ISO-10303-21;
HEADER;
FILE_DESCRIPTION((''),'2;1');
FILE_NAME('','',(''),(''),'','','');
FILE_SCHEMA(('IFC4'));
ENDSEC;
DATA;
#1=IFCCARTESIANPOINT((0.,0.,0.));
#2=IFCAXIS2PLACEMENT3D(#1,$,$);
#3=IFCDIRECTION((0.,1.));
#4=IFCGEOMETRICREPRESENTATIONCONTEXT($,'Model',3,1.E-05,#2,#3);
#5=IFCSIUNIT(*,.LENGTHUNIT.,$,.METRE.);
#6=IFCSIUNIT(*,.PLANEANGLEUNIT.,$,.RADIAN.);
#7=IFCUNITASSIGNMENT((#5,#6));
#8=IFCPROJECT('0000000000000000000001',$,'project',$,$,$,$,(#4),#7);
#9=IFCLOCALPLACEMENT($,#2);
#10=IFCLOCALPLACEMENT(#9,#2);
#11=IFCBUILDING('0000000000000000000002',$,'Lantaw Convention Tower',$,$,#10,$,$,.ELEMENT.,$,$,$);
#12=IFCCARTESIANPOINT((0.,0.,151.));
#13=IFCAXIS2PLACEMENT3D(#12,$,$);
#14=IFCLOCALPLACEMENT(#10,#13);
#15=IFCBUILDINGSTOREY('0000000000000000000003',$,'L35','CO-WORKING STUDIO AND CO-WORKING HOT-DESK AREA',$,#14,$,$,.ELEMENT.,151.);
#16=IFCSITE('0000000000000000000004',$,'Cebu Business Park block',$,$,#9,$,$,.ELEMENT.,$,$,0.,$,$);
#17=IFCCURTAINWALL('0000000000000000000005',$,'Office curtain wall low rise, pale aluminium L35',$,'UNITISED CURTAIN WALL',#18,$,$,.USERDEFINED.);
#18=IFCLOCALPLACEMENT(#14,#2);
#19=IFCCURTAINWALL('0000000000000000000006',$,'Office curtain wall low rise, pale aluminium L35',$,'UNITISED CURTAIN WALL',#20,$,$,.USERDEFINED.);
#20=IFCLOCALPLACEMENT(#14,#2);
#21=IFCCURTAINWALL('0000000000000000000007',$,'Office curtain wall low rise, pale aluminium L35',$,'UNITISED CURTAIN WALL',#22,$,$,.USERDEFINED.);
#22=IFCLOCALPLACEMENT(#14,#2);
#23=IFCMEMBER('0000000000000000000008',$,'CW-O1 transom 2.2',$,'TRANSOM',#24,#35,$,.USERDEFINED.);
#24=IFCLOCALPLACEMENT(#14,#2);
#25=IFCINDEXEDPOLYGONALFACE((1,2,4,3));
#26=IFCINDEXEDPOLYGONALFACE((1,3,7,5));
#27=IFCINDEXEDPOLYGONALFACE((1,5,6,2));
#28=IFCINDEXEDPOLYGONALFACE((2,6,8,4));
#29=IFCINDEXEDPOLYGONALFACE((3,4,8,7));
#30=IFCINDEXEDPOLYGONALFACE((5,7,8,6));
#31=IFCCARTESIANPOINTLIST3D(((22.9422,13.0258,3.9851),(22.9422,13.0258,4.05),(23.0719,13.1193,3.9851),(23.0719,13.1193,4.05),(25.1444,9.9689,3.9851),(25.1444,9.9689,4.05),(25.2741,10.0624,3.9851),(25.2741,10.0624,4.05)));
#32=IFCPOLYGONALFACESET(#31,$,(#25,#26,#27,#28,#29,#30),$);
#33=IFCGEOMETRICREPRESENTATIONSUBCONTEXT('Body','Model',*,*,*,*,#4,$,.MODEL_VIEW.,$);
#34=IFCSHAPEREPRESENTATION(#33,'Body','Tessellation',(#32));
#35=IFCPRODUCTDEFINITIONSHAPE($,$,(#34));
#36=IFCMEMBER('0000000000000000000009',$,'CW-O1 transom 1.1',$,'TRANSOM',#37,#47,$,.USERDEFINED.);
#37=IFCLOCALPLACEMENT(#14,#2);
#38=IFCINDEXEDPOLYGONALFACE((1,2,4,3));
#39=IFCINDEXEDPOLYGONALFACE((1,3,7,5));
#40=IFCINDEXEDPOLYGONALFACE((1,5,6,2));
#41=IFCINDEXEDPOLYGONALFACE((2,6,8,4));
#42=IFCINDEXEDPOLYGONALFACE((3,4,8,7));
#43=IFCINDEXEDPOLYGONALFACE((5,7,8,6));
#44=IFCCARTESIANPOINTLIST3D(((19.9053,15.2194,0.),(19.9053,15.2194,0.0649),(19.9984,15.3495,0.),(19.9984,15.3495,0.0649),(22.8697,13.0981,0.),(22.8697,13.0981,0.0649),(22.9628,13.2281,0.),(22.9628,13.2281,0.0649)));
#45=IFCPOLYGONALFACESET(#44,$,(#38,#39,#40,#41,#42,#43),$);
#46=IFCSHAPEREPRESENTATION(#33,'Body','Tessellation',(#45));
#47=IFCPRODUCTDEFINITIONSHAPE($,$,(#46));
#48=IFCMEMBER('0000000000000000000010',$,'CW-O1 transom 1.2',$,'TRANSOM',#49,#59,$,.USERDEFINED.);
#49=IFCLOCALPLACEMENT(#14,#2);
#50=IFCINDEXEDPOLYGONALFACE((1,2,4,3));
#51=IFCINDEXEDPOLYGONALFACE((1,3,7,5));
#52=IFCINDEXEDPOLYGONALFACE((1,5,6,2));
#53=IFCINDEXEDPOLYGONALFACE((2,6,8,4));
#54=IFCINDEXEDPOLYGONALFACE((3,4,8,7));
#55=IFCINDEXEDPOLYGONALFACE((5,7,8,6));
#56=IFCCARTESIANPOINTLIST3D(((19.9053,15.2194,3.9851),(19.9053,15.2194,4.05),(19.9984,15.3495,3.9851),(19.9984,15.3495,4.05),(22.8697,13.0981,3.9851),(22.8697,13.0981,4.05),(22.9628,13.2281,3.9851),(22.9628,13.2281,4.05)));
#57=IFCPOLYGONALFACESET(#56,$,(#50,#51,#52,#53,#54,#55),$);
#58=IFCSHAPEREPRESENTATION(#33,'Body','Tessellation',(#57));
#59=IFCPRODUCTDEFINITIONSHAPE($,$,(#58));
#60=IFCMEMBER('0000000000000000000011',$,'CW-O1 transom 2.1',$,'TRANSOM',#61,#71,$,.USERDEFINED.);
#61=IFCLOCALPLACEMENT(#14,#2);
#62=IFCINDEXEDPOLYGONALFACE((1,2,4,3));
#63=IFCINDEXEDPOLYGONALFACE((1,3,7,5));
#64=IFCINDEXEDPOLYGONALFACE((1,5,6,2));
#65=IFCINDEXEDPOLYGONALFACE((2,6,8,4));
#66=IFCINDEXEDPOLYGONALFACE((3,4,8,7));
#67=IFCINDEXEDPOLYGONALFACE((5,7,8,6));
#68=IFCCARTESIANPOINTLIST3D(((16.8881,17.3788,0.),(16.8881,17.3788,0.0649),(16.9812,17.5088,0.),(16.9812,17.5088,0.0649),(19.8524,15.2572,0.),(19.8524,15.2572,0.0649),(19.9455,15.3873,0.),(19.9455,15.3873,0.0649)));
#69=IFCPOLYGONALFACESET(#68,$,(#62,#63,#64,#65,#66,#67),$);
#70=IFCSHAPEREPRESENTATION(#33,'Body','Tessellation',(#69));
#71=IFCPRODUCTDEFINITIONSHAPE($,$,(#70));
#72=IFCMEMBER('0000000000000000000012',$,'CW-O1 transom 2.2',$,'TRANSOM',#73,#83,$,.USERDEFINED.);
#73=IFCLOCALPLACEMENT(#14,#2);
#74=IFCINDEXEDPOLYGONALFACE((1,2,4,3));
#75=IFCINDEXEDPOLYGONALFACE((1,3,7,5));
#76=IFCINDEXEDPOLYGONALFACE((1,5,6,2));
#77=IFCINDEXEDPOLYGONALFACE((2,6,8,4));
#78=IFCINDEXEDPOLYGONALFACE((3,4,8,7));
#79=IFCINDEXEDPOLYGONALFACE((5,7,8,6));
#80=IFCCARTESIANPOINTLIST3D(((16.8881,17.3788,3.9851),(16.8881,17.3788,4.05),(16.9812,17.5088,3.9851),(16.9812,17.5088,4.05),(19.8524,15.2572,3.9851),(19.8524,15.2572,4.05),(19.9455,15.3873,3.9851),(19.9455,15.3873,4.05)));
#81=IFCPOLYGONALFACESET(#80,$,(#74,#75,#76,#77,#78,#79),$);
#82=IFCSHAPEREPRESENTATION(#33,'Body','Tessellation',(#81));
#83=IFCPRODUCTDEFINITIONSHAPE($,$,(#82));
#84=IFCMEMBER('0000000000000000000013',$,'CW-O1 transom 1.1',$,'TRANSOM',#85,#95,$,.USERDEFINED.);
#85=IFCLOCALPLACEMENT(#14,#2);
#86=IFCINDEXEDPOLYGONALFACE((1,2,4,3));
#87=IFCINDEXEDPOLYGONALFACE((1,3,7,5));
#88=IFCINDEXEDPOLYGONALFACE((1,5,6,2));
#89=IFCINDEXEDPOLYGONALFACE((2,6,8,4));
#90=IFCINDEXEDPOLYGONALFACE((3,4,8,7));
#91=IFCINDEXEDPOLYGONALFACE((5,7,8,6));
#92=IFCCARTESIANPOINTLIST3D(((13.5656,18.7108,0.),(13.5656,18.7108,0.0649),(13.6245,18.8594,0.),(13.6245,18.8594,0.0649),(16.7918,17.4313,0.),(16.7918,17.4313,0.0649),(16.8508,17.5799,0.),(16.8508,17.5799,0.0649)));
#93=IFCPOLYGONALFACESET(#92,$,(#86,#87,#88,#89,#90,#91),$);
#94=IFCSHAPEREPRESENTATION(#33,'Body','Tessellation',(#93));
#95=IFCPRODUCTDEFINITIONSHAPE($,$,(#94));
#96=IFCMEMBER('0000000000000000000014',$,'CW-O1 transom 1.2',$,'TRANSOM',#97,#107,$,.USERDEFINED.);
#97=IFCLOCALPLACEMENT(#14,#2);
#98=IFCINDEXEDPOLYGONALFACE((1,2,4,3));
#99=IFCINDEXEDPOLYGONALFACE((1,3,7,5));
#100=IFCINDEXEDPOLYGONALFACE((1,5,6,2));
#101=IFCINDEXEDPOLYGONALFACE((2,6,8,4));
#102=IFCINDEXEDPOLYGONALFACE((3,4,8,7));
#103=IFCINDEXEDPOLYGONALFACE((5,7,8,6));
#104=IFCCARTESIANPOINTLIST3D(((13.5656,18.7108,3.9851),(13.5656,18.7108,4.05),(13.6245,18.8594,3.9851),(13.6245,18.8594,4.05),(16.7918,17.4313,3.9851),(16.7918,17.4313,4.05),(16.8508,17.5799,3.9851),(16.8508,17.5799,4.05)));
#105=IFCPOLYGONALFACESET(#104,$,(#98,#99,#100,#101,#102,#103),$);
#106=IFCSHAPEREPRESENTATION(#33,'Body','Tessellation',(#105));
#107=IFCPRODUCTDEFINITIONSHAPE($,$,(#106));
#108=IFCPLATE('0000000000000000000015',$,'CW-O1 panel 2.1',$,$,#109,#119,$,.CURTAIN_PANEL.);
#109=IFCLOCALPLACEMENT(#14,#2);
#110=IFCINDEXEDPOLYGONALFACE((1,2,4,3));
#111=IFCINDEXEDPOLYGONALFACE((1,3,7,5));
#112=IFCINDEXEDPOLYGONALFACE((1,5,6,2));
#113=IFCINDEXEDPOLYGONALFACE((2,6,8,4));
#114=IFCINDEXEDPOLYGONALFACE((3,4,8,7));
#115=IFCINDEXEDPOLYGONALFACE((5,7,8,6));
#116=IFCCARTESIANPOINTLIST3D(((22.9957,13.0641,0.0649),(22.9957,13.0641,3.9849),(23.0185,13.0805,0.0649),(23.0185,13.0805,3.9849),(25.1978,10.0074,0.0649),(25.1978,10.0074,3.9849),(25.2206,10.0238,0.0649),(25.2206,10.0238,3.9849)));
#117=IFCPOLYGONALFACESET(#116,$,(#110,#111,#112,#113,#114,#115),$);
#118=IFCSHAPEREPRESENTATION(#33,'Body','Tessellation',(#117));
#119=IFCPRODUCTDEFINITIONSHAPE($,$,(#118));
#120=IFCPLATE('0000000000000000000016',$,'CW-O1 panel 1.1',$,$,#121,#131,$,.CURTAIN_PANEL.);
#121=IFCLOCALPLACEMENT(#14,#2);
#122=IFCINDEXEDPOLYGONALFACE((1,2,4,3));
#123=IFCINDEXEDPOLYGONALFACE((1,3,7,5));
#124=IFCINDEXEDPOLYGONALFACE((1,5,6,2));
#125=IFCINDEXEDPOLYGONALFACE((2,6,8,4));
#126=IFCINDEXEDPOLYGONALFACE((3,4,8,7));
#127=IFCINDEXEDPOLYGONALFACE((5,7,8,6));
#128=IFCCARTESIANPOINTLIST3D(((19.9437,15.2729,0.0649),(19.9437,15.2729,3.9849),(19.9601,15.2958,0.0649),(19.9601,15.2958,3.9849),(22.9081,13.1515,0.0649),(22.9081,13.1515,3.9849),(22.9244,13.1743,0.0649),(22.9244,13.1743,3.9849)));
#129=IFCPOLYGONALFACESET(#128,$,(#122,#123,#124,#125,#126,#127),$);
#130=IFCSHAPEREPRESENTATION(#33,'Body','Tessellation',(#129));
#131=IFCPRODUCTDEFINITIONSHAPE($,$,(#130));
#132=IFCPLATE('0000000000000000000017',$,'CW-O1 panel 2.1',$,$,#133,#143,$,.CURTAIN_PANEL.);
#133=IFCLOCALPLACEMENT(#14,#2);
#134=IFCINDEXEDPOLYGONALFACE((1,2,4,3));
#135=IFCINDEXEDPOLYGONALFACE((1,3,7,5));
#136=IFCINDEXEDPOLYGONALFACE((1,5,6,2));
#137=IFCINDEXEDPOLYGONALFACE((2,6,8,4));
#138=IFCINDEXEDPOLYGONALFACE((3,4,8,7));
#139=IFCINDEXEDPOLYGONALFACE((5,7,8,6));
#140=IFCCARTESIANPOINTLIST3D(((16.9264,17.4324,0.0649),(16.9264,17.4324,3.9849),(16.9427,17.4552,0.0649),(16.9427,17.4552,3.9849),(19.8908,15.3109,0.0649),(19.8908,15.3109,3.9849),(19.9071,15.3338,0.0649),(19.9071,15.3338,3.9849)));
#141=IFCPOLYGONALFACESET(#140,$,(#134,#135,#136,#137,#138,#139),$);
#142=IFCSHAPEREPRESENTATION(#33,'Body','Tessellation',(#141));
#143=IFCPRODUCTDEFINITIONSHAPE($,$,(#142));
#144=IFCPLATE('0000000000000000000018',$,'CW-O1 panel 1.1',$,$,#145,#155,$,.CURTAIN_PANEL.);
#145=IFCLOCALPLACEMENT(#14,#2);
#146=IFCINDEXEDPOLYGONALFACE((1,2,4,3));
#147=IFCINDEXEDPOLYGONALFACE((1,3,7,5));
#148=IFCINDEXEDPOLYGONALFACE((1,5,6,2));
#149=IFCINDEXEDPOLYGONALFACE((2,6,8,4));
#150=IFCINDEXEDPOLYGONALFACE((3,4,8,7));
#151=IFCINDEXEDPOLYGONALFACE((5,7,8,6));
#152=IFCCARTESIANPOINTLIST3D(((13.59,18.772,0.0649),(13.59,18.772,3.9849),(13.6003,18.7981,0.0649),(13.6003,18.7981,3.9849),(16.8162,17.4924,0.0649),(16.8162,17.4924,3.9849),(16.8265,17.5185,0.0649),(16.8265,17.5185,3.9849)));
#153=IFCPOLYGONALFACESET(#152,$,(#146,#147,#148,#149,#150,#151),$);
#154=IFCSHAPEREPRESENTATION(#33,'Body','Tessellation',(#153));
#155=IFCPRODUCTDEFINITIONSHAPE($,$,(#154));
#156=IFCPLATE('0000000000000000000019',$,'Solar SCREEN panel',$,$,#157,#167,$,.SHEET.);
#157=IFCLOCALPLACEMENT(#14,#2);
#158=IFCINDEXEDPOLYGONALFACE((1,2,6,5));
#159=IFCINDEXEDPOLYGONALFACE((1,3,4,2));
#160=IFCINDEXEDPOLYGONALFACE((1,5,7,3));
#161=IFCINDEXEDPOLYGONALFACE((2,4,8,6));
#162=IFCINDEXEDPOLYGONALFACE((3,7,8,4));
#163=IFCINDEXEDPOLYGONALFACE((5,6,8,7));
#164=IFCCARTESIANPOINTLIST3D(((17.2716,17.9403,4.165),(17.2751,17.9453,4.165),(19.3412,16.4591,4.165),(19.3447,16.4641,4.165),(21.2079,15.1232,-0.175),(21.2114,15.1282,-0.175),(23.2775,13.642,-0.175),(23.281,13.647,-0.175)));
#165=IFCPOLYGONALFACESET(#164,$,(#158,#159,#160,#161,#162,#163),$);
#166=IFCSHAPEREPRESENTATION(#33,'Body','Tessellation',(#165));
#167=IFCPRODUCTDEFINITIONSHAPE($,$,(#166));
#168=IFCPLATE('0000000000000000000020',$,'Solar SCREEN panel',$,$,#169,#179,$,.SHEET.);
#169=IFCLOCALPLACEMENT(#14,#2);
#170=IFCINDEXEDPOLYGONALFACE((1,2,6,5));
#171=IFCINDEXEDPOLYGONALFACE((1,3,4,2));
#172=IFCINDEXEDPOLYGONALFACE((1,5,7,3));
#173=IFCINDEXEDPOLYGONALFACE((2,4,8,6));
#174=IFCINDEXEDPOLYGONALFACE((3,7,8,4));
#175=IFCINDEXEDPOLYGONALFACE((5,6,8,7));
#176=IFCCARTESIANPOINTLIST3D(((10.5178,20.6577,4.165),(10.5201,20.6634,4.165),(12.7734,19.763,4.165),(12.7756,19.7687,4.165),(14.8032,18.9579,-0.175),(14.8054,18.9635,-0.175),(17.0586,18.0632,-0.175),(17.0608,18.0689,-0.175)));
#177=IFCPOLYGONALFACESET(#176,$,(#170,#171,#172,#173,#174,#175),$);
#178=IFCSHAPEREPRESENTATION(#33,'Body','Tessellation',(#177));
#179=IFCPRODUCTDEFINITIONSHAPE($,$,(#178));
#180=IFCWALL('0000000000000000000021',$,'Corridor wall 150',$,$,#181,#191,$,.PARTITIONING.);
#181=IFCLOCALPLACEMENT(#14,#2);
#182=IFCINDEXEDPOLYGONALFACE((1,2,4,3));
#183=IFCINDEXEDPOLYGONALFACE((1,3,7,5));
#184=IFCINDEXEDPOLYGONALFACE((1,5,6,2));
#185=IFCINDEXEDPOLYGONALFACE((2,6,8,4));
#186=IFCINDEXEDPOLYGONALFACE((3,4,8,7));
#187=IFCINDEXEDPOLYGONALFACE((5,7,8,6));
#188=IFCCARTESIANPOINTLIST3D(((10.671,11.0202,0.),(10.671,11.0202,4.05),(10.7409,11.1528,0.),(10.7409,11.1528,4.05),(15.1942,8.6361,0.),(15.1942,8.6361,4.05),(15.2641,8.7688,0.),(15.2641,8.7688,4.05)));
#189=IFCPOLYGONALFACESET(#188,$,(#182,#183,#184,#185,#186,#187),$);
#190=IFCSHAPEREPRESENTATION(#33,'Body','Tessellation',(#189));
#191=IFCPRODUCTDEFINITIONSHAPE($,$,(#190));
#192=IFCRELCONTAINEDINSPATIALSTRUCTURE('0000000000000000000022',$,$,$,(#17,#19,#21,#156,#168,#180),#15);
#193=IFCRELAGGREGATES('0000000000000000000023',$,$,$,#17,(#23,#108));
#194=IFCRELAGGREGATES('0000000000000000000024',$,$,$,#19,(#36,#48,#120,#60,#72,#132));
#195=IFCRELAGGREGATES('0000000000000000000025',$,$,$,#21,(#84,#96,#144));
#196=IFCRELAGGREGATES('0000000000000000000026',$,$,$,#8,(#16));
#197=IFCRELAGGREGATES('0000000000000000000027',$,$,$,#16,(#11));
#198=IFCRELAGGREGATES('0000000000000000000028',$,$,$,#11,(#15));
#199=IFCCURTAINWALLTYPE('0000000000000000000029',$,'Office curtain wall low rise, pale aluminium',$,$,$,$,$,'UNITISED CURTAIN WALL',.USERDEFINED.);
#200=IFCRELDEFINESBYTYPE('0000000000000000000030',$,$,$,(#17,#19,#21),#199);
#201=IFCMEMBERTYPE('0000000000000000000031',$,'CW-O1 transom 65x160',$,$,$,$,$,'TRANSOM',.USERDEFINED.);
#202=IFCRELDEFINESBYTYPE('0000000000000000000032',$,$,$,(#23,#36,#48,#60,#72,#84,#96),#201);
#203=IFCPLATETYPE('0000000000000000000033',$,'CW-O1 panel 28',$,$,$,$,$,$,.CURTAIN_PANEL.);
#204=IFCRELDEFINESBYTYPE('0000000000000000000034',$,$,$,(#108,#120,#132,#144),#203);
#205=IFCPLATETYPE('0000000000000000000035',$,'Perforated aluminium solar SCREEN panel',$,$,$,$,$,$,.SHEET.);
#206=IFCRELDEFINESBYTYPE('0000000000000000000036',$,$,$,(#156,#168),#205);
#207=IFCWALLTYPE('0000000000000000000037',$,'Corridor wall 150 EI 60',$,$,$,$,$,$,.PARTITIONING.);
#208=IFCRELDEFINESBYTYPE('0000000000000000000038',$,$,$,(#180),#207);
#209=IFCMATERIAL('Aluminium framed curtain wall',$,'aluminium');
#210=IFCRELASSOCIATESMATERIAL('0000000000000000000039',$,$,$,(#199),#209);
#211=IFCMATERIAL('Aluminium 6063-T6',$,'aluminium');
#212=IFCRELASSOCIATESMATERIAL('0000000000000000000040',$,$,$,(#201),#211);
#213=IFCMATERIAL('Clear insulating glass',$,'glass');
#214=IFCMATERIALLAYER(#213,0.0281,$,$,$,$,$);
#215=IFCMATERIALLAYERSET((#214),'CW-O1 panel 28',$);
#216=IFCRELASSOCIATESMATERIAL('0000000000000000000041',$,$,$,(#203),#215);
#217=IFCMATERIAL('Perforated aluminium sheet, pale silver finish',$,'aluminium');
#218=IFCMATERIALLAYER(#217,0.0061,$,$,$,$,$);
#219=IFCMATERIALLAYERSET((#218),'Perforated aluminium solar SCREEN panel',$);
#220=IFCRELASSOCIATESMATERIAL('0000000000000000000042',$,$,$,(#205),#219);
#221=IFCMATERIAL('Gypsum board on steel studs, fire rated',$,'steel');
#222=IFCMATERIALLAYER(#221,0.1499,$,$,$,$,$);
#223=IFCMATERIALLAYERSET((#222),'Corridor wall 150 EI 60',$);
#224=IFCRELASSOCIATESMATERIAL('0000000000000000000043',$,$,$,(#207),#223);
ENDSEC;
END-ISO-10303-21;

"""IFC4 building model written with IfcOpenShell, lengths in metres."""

from ifc_helpers import new_model, si_unit, direction, frame, frame_2d, origin, origin_2d, place, context, subcontext, project, spatial, polyline, rectangle, outline, extrude, material, layer, layer_set, material_profile, profile_set, type_object, element, aggregate, save


model = new_model("IFC4")

# Units and contexts
model_context = context("Model", 3, precision=1e-05, world=origin(), true_north=direction((0.0, 1.0)))
body_context = subcontext(model_context, "Body", "Model", "MODEL_VIEW")
ifc_project = project(units=[si_unit("LENGTHUNIT", "METRE"), si_unit("PLANEANGLEUNIT", "RADIAN")], contexts=[model_context])

# Site, building, storey
site_placement = place(None, origin())
site = spatial("IfcSite", under=ifc_project, at=site_placement, Name="Cebu Business Park block", CompositionType="ELEMENT", RefElevation=0.0)
building_placement = place(site_placement, origin())
building = spatial("IfcBuilding", under=site, at=building_placement, Name="Lantaw Convention Tower", CompositionType="ELEMENT")
storey_placement = place(building_placement, frame((0.0, 0.0, 151.0)))
storey = spatial("IfcBuildingStorey", under=building, at=storey_placement, Name="L35", Description="CO-WORKING STUDIO AND CO-WORKING HOT-DESK AREA", CompositionType="ELEMENT", Elevation=151.0)

# Curtain walls
ifc_material_1 = material(Name="Aluminium framed curtain wall", Category="aluminium")
curtain_wall_type = type_object("IfcCurtainWallType", Name="Office curtain wall low rise, pale aluminium", ElementType="UNITISED CURTAIN WALL", PredefinedType="USERDEFINED", material=ifc_material_1)
curtain_wall_1_placement = place(storey_placement, origin())
curtain_wall_1 = element("IfcCurtainWall", 1, at=curtain_wall_1_placement, inside=storey, type_object=curtain_wall_type, Name="Office curtain wall low rise, pale aluminium L35", ObjectType="UNITISED CURTAIN WALL", PredefinedType="USERDEFINED")
ifc_material_2 = material(Name="Aluminium 6063-T6", Category="aluminium")
curtain_wall_2_placement = place(storey_placement, origin())
curtain_wall_2 = element("IfcCurtainWall", 2, at=curtain_wall_2_placement, inside=storey, type_object=curtain_wall_type, Name="Office curtain wall low rise, pale aluminium L35", ObjectType="UNITISED CURTAIN WALL", PredefinedType="USERDEFINED")

# Curtain wall
curtain_wall_3_placement = place(storey_placement, origin())
curtain_wall_3 = element("IfcCurtainWall", 3, at=curtain_wall_3_placement, inside=storey, type_object=curtain_wall_type, Name="Office curtain wall low rise, pale aluminium L35", ObjectType="UNITISED CURTAIN WALL", PredefinedType="USERDEFINED")

# Members
ifc_material_profile_1 = material_profile(ifc_material_2, rectangle(XDim=0.1599, YDim=0.0649, at=origin_2d()), Name="CW-O1 transom 65x160")
ifc_profile_set_1 = profile_set([ifc_material_profile_1], Name="Aluminium 6063-T6")
member_type_1 = type_object("IfcMemberType", Name="CW-O1 transom 65x160", ElementType="TRANSOM", PredefinedType="USERDEFINED", material=ifc_profile_set_1)
member_1_placement = place(storey_placement, frame((25.2092, 10.0156, 4.0176), z_axis=(-0.584513, 0.811384, 0.0), x_axis=(-0.811384, -0.584513, 0.0)))
member_1 = element("IfcMember", 4, at=member_1_placement, type_object=member_type_1, Name="CW-O1 transom 2.2", ObjectType="TRANSOM", PredefinedType="USERDEFINED", context=body_context, shape_type="SweptSolid", body=[
    extrude(rectangle(XDim=0.1599, YDim=0.0649, at=origin_2d()), origin(), (0.0, 0.0, 1.0), 3.7676),
])
member_2_placement = place(storey_placement, frame((22.9163, 13.1631, 0.0325), z_axis=(-0.813222, 0.581954, 0.0), x_axis=(-0.581954, -0.813222, 0.0)))
member_2 = element("IfcMember", 5, at=member_2_placement, type_object=member_type_1, Name="CW-O1 transom 1.1", ObjectType="TRANSOM", PredefinedType="USERDEFINED", context=body_context, shape_type="SweptSolid", body=[
    extrude(rectangle(XDim=0.1599, YDim=0.0649, at=origin_2d()), origin(), (0.0, 0.0, 1.0), 3.6453),
])
member_3_placement = place(storey_placement, frame((22.9163, 13.1631, 4.0176), z_axis=(-0.813222, 0.581954, 0.0), x_axis=(-0.581954, -0.813222, 0.0)))
member_3 = element("IfcMember", 6, at=member_3_placement, type_object=member_type_1, Name="CW-O1 transom 1.2", ObjectType="TRANSOM", PredefinedType="USERDEFINED", context=body_context, shape_type="SweptSolid", body=[
    extrude(rectangle(XDim=0.1599, YDim=0.0649, at=origin_2d()), origin(), (0.0, 0.0, 1.0), 3.6453),
])
member_4_placement = place(storey_placement, frame((19.8989, 15.3223, 0.0325), z_axis=(-0.81319, 0.581998, 0.0), x_axis=(-0.581998, -0.81319, 0.0)))
member_4 = element("IfcMember", 7, at=member_4_placement, type_object=member_type_1, Name="CW-O1 transom 2.1", ObjectType="TRANSOM", PredefinedType="USERDEFINED", context=body_context, shape_type="SweptSolid", body=[
    extrude(rectangle(XDim=0.1599, YDim=0.0649, at=origin_2d()), origin(), (0.0, 0.0, 1.0), 3.6453),
])
member_5_placement = place(storey_placement, frame((19.8989, 15.3223, 4.0176), z_axis=(-0.81319, 0.581998, 0.0), x_axis=(-0.581998, -0.81319, 0.0)))
member_5 = element("IfcMember", 8, at=member_5_placement, type_object=member_type_1, Name="CW-O1 transom 2.2", ObjectType="TRANSOM", PredefinedType="USERDEFINED", context=body_context, shape_type="SweptSolid", body=[
    extrude(rectangle(XDim=0.1599, YDim=0.0649, at=origin_2d()), origin(), (0.0, 0.0, 1.0), 3.6453),
])
member_6_placement = place(storey_placement, frame((16.8213, 17.5056, 0.0325), z_axis=(-0.929564, 0.36866, 0.0), x_axis=(-0.36866, -0.929564, 0.0)))
member_6 = element("IfcMember", 9, at=member_6_placement, type_object=member_type_1, Name="CW-O1 transom 1.1", ObjectType="TRANSOM", PredefinedType="USERDEFINED", context=body_context, shape_type="SweptSolid", body=[
    extrude(rectangle(XDim=0.1599, YDim=0.0649, at=origin_2d()), origin(), (0.0, 0.0, 1.0), 3.4707),
])
member_7_placement = place(storey_placement, frame((16.8213, 17.5056, 4.0176), z_axis=(-0.929564, 0.36866, 0.0), x_axis=(-0.36866, -0.929564, 0.0)))
member_7 = element("IfcMember", 10, at=member_7_placement, type_object=member_type_1, Name="CW-O1 transom 1.2", ObjectType="TRANSOM", PredefinedType="USERDEFINED", context=body_context, shape_type="SweptSolid", body=[
    extrude(rectangle(XDim=0.1599, YDim=0.0649, at=origin_2d()), origin(), (0.0, 0.0, 1.0), 3.4707),
])

# Plates
ifc_material_3 = material(Name="Clear insulating glass", Category="glass")
ifc_layer_1 = layer(ifc_material_3, 0.0281)
ifc_layer_set_1 = layer_set([ifc_layer_1], Name="CW-O1 panel 28")
plate_type_1 = type_object("IfcPlateType", Name="CW-O1 panel 28", PredefinedType="CURTAIN_PANEL", material=ifc_layer_set_1)
plate_1_placement = place(storey_placement, frame((24.1082, 11.5439, 0.0649), z_axis=(0.0, 0.0, 1.0), x_axis=(-0.584513, 0.811385, 0.0)))
plate_1 = element("IfcPlate", 11, at=plate_1_placement, type_object=plate_type_1, Name="CW-O1 panel 2.1", PredefinedType="CURTAIN_PANEL", context=body_context, shape_type="SweptSolid", body=[
    extrude(rectangle(XDim=3.7673, YDim=0.0281, at=origin_2d()), origin(), (0.0, 0.0, 1.0), 3.9199),
])
aggregate(curtain_wall_1, [member_1, plate_1])
plate_2_placement = place(storey_placement, frame((21.4341, 14.2236, 0.0649), z_axis=(0.0, 0.0, 1.0), x_axis=(-0.813208, 0.581973, 0.0)))
plate_2 = element("IfcPlate", 12, at=plate_2_placement, type_object=plate_type_1, Name="CW-O1 panel 1.1", PredefinedType="CURTAIN_PANEL", context=body_context, shape_type="SweptSolid", body=[
    extrude(rectangle(XDim=3.6453, YDim=0.0281, at=origin_2d()), origin(), (0.0, 0.0, 1.0), 3.9199),
])
plate_3_placement = place(storey_placement, frame((18.4167, 16.3831, 0.0649), z_axis=(0.0, 0.0, 1.0), x_axis=(-0.813208, 0.581973, 0.0)))
plate_3 = element("IfcPlate", 13, at=plate_3_placement, type_object=plate_type_1, Name="CW-O1 panel 2.1", PredefinedType="CURTAIN_PANEL", context=body_context, shape_type="SweptSolid", body=[
    extrude(rectangle(XDim=3.6453, YDim=0.0281, at=origin_2d()), origin(), (0.0, 0.0, 1.0), 3.9199),
])
aggregate(curtain_wall_2, [member_2, member_3, plate_2, member_4, member_5, plate_3])
plate_4_placement = place(storey_placement, frame((15.2083, 18.1453, 0.0649), z_axis=(0.0, 0.0, 1.0), x_axis=(-0.929548, 0.368702, 0.0)))
plate_4 = element("IfcPlate", 14, at=plate_4_placement, type_object=plate_type_1, Name="CW-O1 panel 1.1", PredefinedType="CURTAIN_PANEL", context=body_context, shape_type="SweptSolid", body=[
    extrude(rectangle(XDim=3.4707, YDim=0.0281, at=origin_2d()), origin(), (0.0, 0.0, 1.0), 3.9199),
])
aggregate(curtain_wall_3, [member_6, member_7, plate_4])

# Plates
ifc_material_4 = material(Name="Perforated aluminium sheet, pale silver finish", Category="aluminium")
ifc_layer_2 = layer(ifc_material_4, 0.0061)
ifc_layer_set_2 = layer_set([ifc_layer_2], Name="Perforated aluminium solar SCREEN panel")
plate_type_2 = type_object("IfcPlateType", Name="Perforated aluminium solar SCREEN panel", PredefinedType="SHEET", material=ifc_layer_set_2)
plate_5_placement = place(storey_placement, frame((23.281, 13.647, -0.175), z_axis=(0.582, 0.813189, 0.000012), x_axis=(-0.813189, 0.582, 0.0)))
element("IfcPlate", 15, at=plate_5_placement, inside=storey, type_object=plate_type_2, Name="Solar SCREEN panel", PredefinedType="SHEET", context=body_context, shape_type="SweptSolid", body=[
    extrude(outline(polyline([(0.0, 0.0), (2.545, 0.0), (7.3855, 4.3401), (4.8405, 4.3401), (0.0, 0.0)])), origin(), (0.0, 0.0, -1.0), 0.0061),
])
plate_6_placement = place(storey_placement, frame((17.0586, 18.0632, -0.175), z_axis=(-0.368709, -0.929545, 0.000011), x_axis=(-0.929545, 0.368709, 0.0)))
element("IfcPlate", 16, at=plate_6_placement, inside=storey, type_object=plate_type_2, Name="Solar SCREEN panel", PredefinedType="SHEET", context=body_context, shape_type="SweptSolid", body=[
    extrude(outline(polyline([(0.0, 0.0), (2.4264, 0.0), (7.0365, -4.3401), (4.61, -4.3401), (0.0, 0.0)])), origin(), (0.0, 0.0, -1.0), 0.0061),
])

# Wall
ifc_material_5 = material(Name="Gypsum board on steel studs, fire rated", Category="steel")
ifc_layer_3 = layer(ifc_material_5, 0.1499)
ifc_layer_set_3 = layer_set([ifc_layer_3], Name="Corridor wall 150 EI 60")
wall_type = type_object("IfcWallType", Name="Corridor wall 150 EI 60", PredefinedType="PARTITIONING", material=ifc_layer_set_3)
wall_placement = place(storey_placement, frame((15.2292, 8.7024, 0.0), z_axis=(0.0, 0.0, 1.0), x_axis=(-0.884644, 0.466268, 0.0)))
element("IfcWall", 17, at=wall_placement, inside=storey, type_object=wall_type, Name="Corridor wall 150", PredefinedType="PARTITIONING", context=body_context, shape_type="SweptSolid", body=[
    extrude(rectangle(XDim=5.113, YDim=0.1499, at=frame_2d((2.5566, 0.0))), origin(), (0.0, 0.0, 1.0), 4.05),
])

save(model, "model.ifc")
